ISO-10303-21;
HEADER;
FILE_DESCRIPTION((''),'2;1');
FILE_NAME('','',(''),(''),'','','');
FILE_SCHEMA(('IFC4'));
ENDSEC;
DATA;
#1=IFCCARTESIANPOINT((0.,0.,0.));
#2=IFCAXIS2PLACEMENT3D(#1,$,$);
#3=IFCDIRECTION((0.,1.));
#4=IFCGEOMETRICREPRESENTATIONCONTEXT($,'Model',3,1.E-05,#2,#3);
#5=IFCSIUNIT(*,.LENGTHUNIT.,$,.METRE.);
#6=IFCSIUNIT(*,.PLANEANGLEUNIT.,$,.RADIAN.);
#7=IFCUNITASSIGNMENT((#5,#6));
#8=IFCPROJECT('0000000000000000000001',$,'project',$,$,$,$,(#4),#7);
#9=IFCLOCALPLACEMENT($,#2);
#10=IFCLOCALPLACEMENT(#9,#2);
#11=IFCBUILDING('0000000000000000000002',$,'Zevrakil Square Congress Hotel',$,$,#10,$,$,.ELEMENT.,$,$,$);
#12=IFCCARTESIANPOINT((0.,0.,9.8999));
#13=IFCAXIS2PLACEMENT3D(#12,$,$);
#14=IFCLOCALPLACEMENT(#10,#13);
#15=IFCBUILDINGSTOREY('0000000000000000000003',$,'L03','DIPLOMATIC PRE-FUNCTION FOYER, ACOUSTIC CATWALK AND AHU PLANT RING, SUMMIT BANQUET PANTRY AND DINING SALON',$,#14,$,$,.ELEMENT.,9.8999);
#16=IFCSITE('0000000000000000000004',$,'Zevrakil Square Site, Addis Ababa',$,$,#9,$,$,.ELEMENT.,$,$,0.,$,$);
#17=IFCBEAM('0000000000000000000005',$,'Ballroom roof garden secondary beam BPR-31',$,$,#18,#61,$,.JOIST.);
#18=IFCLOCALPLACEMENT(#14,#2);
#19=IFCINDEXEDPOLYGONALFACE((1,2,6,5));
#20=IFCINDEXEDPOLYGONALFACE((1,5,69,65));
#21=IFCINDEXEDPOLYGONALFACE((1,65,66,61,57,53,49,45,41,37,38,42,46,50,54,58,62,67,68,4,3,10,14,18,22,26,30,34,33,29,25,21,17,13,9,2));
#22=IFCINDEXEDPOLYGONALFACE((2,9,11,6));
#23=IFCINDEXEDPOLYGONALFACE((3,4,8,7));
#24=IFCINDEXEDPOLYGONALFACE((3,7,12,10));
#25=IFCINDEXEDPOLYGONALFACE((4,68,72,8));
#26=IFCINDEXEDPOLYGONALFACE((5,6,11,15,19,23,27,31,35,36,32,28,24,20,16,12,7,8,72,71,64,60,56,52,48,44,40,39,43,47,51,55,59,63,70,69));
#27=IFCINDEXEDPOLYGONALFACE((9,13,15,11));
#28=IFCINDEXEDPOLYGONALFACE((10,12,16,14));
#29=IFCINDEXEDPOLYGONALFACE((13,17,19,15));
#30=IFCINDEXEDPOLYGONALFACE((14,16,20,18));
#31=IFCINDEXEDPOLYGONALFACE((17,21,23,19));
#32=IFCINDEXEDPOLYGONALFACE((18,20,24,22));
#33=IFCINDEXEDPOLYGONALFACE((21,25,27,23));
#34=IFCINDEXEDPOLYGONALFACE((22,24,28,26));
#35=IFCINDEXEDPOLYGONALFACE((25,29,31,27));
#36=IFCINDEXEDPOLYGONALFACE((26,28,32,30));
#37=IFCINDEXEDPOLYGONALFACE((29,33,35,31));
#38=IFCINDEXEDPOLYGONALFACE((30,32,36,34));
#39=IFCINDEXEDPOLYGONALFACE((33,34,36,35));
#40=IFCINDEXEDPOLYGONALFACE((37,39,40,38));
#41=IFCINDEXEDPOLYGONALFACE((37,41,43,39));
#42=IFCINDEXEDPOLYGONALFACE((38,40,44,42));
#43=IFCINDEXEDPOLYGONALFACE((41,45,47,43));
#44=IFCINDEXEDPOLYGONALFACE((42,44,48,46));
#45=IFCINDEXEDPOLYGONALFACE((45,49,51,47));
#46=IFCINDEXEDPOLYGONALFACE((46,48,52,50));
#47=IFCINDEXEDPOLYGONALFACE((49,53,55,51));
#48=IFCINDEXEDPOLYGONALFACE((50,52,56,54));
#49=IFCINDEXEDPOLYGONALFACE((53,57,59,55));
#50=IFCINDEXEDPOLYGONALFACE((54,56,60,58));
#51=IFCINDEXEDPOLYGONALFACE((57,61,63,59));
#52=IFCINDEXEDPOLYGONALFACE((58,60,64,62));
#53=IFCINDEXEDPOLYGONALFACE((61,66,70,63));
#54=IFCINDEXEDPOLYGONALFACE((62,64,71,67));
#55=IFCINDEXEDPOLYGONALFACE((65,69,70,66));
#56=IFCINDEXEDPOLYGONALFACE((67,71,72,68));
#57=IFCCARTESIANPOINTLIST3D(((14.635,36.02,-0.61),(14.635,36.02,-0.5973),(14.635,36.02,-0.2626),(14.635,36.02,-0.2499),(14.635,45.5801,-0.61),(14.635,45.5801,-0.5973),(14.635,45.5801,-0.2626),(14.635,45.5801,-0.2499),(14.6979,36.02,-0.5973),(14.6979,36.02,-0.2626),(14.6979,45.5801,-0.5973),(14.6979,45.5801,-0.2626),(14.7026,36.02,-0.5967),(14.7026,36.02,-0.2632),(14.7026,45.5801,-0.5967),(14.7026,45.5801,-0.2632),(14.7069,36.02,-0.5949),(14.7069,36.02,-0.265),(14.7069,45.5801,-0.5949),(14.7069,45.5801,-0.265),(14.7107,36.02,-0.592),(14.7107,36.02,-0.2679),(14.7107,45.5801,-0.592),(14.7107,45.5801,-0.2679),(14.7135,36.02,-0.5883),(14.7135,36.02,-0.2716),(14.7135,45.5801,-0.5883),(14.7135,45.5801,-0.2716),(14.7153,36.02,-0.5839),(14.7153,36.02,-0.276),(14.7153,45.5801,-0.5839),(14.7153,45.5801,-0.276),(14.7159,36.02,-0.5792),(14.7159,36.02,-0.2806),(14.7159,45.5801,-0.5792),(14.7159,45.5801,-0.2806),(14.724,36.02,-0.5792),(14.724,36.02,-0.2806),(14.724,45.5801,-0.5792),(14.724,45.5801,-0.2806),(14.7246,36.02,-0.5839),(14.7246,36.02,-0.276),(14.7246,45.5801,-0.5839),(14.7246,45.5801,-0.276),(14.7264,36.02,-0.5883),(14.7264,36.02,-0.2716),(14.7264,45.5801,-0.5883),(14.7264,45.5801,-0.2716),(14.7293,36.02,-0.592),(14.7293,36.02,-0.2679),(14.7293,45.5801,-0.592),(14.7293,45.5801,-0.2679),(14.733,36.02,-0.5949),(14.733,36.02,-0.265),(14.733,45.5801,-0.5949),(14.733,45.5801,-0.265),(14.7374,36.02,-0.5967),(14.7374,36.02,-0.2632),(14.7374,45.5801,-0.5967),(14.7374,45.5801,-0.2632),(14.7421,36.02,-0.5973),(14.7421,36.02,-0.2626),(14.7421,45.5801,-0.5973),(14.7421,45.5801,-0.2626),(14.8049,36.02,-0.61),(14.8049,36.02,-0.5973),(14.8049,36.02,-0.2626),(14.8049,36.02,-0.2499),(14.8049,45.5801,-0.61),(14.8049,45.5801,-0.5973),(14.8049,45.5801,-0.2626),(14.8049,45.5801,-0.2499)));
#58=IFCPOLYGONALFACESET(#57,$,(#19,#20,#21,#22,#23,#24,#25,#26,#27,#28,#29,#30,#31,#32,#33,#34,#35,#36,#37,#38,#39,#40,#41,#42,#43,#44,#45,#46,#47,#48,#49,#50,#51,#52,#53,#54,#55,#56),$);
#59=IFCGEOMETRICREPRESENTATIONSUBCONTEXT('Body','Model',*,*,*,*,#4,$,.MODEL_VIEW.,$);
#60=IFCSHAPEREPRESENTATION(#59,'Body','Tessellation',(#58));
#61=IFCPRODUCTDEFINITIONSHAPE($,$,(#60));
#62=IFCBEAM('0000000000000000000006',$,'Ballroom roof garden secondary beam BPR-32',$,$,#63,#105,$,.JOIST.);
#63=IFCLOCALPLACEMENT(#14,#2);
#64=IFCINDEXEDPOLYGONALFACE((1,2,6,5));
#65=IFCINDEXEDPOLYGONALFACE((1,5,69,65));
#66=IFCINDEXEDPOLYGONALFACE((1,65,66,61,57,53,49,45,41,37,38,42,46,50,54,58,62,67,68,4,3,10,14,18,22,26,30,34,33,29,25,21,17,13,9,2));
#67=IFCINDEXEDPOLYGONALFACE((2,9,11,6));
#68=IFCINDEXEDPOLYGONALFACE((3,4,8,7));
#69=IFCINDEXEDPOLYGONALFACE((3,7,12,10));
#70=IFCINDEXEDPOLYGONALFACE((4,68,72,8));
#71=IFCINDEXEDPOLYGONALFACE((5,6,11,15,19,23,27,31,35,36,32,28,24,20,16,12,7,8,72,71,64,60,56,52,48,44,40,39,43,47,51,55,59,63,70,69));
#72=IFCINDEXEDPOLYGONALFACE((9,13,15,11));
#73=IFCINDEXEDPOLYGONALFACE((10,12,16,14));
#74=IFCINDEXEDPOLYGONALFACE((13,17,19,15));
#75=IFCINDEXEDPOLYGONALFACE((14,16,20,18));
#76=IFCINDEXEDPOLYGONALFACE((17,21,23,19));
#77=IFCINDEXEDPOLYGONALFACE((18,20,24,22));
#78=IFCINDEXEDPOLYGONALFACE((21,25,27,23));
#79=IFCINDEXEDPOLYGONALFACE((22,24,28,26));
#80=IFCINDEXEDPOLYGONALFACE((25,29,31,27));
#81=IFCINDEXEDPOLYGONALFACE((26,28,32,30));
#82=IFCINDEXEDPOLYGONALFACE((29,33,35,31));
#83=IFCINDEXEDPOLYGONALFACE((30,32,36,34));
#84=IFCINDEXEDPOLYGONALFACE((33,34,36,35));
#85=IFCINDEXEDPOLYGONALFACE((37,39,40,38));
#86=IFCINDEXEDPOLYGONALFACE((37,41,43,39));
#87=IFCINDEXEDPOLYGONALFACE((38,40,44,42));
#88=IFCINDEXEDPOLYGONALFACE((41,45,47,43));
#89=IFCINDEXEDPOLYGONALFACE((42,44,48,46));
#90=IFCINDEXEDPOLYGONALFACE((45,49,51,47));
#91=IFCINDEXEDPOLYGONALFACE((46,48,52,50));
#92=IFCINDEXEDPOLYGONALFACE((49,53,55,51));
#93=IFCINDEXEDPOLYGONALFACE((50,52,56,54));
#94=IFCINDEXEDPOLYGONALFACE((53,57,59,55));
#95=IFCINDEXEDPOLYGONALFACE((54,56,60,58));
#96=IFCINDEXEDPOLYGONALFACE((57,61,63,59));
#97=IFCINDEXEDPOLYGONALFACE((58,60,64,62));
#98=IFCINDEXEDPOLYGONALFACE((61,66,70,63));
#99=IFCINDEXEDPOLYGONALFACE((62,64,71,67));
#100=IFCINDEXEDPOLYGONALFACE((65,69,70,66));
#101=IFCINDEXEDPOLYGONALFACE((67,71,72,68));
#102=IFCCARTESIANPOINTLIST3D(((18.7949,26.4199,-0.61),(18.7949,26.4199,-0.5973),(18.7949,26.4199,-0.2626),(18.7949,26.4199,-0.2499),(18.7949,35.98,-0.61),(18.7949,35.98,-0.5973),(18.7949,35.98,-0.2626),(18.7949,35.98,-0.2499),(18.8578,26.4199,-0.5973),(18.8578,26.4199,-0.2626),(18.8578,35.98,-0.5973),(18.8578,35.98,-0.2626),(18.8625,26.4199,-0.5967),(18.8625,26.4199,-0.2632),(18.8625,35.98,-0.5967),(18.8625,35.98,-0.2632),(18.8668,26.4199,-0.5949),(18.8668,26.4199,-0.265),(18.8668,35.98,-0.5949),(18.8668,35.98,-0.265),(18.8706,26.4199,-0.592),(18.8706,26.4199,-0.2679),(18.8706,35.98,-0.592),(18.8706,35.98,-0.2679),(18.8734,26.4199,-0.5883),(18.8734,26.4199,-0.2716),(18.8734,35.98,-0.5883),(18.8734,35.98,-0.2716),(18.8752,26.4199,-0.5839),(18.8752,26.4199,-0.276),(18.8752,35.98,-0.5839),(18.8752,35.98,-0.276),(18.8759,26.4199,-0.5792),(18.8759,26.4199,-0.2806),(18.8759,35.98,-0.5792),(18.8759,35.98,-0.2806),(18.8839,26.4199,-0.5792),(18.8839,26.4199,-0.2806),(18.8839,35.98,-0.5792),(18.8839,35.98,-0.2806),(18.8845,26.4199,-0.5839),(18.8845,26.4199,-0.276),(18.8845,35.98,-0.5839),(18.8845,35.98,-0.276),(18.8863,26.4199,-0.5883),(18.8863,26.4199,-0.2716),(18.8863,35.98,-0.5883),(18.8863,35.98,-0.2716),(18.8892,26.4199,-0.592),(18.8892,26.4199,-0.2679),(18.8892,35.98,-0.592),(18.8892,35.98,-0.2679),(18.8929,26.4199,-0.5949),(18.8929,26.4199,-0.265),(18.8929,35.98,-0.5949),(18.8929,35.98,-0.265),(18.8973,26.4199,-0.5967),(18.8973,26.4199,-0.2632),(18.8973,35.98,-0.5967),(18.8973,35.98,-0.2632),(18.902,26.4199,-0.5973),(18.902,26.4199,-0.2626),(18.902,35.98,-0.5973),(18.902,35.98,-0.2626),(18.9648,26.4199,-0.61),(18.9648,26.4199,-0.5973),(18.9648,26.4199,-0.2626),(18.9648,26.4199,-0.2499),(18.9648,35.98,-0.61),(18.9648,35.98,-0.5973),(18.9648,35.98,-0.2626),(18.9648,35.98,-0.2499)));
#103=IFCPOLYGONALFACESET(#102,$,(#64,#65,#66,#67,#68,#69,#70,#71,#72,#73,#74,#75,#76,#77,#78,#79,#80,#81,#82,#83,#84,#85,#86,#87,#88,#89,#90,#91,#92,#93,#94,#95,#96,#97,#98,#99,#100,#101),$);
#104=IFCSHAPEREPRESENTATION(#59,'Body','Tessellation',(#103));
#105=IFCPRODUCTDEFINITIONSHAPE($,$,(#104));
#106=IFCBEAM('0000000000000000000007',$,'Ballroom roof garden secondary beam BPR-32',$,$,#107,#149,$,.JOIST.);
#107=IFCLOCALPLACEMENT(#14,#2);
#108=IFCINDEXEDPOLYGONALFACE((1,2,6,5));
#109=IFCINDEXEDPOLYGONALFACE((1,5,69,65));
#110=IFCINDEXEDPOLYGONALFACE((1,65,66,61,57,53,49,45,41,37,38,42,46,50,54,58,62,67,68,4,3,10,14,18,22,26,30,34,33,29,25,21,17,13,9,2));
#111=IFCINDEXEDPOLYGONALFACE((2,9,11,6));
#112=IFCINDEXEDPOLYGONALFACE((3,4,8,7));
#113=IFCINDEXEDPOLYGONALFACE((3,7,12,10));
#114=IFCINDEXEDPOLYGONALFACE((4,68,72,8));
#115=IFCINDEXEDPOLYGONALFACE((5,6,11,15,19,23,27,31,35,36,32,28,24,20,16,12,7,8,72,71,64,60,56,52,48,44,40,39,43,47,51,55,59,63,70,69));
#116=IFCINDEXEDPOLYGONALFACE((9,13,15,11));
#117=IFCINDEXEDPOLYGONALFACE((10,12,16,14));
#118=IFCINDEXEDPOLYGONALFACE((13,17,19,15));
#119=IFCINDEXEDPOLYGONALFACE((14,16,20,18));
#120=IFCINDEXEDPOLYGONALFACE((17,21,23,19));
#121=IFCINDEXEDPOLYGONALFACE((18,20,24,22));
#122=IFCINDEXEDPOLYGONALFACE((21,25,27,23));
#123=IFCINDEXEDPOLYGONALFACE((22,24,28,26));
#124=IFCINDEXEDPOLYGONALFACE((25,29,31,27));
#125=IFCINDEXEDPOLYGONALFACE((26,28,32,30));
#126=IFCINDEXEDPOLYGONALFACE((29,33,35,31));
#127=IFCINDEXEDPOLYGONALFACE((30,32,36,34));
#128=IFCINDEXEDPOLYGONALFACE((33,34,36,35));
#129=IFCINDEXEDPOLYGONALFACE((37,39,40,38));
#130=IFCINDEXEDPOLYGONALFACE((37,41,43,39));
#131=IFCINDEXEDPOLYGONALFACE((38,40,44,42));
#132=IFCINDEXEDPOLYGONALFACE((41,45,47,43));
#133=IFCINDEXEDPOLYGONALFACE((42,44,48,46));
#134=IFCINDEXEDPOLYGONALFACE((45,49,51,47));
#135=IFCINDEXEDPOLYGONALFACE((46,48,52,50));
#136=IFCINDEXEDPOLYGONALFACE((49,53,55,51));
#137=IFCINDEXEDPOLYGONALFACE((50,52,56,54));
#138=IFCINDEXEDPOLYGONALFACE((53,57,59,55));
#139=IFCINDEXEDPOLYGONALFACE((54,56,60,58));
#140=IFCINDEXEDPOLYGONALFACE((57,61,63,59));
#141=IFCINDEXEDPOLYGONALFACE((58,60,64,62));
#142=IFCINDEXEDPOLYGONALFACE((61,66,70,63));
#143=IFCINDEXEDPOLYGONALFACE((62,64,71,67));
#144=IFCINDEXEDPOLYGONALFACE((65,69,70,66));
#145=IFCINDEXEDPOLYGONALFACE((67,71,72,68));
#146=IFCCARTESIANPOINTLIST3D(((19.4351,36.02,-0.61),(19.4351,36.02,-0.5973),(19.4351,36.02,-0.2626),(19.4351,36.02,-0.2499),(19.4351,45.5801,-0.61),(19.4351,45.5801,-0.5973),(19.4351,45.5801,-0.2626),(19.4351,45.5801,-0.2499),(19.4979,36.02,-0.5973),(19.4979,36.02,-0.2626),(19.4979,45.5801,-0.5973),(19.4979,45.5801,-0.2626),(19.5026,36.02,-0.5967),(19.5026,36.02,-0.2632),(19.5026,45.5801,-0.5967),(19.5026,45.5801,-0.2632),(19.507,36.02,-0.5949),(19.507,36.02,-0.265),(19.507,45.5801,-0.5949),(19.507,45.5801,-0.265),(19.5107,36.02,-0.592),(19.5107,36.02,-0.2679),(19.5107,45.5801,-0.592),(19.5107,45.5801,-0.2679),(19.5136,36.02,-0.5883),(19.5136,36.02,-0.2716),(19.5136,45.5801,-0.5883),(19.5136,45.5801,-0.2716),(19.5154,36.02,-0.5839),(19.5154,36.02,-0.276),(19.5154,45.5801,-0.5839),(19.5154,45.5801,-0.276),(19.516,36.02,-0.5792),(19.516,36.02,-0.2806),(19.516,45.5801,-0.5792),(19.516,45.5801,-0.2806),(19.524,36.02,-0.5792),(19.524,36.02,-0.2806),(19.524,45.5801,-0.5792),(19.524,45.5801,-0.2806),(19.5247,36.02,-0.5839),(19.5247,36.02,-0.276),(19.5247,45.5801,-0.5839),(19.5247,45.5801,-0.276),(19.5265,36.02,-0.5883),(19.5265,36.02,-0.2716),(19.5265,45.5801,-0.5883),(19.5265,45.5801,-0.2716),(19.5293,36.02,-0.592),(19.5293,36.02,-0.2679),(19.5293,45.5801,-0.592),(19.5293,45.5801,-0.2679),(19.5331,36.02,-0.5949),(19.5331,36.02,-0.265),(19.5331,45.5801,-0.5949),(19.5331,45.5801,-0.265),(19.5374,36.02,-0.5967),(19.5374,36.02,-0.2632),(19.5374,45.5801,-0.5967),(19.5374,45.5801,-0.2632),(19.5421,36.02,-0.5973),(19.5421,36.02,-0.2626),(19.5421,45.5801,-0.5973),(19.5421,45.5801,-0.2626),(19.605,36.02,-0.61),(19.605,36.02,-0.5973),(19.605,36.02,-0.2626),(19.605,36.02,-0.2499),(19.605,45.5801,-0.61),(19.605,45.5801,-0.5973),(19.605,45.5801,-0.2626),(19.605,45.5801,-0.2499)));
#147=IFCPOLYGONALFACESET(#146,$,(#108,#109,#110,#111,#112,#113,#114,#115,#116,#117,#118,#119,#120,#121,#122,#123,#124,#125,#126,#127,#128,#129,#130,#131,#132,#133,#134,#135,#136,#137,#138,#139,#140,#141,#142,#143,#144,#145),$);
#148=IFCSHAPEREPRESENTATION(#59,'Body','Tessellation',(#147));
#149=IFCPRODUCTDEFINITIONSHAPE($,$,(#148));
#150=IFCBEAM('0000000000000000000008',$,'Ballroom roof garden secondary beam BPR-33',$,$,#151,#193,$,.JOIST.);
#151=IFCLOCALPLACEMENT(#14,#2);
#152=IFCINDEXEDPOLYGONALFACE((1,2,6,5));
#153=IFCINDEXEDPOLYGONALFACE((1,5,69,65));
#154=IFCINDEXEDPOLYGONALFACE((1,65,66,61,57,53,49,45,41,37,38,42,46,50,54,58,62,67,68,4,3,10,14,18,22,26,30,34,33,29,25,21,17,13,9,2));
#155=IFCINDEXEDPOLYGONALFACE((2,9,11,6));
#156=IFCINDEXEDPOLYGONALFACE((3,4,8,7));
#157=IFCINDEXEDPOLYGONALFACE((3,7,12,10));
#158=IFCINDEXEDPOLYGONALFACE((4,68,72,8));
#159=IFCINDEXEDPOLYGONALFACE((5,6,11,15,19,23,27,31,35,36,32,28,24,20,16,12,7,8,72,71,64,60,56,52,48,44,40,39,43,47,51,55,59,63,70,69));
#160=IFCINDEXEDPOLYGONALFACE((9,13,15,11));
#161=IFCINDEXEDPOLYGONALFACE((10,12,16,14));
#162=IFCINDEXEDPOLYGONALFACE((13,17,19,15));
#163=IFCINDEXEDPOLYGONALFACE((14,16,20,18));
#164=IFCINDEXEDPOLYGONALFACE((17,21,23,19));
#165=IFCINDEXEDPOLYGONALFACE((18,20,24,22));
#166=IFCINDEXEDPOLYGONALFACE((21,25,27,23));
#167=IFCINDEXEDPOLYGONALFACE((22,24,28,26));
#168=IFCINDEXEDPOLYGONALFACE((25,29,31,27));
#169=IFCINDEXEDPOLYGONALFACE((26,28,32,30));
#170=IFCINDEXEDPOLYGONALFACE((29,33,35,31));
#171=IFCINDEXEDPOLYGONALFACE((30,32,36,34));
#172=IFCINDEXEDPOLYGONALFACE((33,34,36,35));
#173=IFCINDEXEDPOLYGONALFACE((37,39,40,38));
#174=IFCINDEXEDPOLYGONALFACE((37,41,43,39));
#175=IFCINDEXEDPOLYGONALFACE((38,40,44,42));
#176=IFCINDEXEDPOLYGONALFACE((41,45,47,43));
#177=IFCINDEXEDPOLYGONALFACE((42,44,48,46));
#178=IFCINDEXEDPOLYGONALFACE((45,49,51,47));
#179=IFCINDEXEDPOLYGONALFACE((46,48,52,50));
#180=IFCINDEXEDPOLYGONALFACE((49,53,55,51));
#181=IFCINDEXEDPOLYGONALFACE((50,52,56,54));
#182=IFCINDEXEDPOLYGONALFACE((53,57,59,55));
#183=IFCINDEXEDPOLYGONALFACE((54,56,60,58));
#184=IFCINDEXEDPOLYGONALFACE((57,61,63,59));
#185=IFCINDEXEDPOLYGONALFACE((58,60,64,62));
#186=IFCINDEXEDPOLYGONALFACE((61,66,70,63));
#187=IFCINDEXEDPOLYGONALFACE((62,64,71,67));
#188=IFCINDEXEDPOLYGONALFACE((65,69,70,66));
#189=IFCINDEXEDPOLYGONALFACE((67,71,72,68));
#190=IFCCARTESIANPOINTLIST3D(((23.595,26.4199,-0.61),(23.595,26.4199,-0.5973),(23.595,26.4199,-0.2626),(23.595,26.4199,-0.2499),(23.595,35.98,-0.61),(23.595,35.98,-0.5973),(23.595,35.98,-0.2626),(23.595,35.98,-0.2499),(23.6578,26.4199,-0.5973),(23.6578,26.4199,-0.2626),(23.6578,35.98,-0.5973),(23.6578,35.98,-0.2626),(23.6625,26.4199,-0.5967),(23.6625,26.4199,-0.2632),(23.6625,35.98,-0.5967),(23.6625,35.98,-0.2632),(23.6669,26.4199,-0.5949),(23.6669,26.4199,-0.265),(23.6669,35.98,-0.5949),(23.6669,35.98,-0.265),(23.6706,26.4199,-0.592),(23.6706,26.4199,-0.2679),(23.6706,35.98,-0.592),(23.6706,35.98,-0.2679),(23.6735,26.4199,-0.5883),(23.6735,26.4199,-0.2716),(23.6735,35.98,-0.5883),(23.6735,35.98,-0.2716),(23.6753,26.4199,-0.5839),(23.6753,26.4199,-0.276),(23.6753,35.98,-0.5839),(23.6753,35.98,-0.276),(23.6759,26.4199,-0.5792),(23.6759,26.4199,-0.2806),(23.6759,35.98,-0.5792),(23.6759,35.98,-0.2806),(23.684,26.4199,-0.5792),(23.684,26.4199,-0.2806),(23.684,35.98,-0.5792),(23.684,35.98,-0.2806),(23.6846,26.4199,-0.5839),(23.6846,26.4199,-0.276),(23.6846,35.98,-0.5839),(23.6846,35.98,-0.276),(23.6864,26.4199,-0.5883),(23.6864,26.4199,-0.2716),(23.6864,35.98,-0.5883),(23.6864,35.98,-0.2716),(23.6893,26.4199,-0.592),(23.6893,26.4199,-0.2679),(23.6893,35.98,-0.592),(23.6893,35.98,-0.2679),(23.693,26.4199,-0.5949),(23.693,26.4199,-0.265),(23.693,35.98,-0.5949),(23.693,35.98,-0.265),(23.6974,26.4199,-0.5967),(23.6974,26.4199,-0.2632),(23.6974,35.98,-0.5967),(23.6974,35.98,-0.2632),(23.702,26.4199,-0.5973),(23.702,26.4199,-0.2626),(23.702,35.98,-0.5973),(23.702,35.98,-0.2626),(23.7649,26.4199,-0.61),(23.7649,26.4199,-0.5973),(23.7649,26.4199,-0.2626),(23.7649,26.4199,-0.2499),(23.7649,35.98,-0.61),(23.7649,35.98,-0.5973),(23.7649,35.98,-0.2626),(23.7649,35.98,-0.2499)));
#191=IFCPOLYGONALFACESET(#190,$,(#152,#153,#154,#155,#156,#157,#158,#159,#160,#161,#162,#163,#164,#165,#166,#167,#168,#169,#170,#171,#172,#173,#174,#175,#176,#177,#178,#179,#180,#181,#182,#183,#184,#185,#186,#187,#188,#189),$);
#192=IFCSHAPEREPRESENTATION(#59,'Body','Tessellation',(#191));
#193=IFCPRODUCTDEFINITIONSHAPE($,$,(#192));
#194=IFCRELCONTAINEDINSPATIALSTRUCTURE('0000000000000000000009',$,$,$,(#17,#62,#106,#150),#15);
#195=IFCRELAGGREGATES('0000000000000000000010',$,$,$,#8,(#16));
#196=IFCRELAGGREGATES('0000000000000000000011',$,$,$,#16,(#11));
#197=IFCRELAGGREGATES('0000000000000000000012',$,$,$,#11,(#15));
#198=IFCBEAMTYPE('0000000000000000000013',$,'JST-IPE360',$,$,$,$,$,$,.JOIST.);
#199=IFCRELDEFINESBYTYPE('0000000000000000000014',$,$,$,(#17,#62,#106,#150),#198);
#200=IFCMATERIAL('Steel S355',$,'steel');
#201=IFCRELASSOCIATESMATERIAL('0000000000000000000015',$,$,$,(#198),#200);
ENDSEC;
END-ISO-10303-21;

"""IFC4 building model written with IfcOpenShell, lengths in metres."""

from ifc_helpers import new_model, si_unit, direction, frame, origin, origin_2d, place, context, subcontext, project, spatial, i_section, extrude, material, material_profile, profile_set, type_object, element, save


model = new_model("IFC4")

# Units and contexts
model_context = context("Model", 3, precision=1e-05, world=origin(), true_north=direction((0.0, 1.0)))
body_context = subcontext(model_context, "Body", "Model", "MODEL_VIEW")
ifc_project = project(units=[si_unit("LENGTHUNIT", "METRE"), si_unit("PLANEANGLEUNIT", "RADIAN")], contexts=[model_context])

# Site, building, storey
site_placement = place(None, origin())
site = spatial("IfcSite", under=ifc_project, at=site_placement, Name="Zevrakil Square Site, Addis Ababa", CompositionType="ELEMENT", RefElevation=0.0)
building_placement = place(site_placement, origin())
building = spatial("IfcBuilding", under=site, at=building_placement, Name="Zevrakil Square Congress Hotel", CompositionType="ELEMENT")
storey_placement = place(building_placement, frame((0.0, 0.0, 9.8999)))
storey = spatial("IfcBuildingStorey", under=building, at=storey_placement, Name="L03", Description="DIPLOMATIC PRE-FUNCTION FOYER, ACOUSTIC CATWALK AND AHU PLANT RING, SUMMIT BANQUET PANTRY AND DINING SALON", CompositionType="ELEMENT", Elevation=9.8999)

# Beams
ifc_material_1 = material(Name="Steel S355", Category="steel")
ifc_material_profile_1 = material_profile(ifc_material_1, i_section(OverallWidth=0.1699, OverallDepth=0.3601, WebThickness=0.0081, FlangeThickness=0.0127, FilletRadius=0.0181, at=origin_2d()), Name="IPE 360")
ifc_profile_set_1 = profile_set([ifc_material_profile_1], Name="Steel S355")
beam_type_1 = type_object("IfcBeamType", Name="JST-IPE360", PredefinedType="JOIST", material=ifc_profile_set_1)
for number, where, z_axis, x_axis, name in (
    (1, (14.72, 36.02, -0.4299), (0.0, 1.0, 0.0), (-1.0, 0.0, 0.0), "Ballroom roof garden secondary beam BPR-31"),
    (2, (18.8799, 26.4199, -0.4299), (0.0, 1.0, 0.0), (-1.0, 0.0, 0.0), "Ballroom roof garden secondary beam BPR-32"),
    (3, (19.52, 36.02, -0.4299), (0.0, 1.0, 0.0), (-1.0, 0.0, 0.0), "Ballroom roof garden secondary beam BPR-32"),
    (4, (23.6799, 26.4199, -0.4299), (0.0, 1.0, 0.0), (-1.0, 0.0, 0.0), "Ballroom roof garden secondary beam BPR-33"),
):
    element("IfcBeam", number, at=place(storey_placement, frame(where, z_axis=z_axis, x_axis=x_axis)), inside=storey, type_object=beam_type_1, Name=name, PredefinedType="JOIST", context=body_context, shape_type="SweptSolid", body=[
        extrude(i_section(OverallWidth=0.1699, OverallDepth=0.3601, WebThickness=0.0081, FlangeThickness=0.0127, FilletRadius=0.0181, at=origin_2d()), origin(), (0.0, 0.0, 1.0), 9.5601),
    ])

save(model, "model.ifc")
